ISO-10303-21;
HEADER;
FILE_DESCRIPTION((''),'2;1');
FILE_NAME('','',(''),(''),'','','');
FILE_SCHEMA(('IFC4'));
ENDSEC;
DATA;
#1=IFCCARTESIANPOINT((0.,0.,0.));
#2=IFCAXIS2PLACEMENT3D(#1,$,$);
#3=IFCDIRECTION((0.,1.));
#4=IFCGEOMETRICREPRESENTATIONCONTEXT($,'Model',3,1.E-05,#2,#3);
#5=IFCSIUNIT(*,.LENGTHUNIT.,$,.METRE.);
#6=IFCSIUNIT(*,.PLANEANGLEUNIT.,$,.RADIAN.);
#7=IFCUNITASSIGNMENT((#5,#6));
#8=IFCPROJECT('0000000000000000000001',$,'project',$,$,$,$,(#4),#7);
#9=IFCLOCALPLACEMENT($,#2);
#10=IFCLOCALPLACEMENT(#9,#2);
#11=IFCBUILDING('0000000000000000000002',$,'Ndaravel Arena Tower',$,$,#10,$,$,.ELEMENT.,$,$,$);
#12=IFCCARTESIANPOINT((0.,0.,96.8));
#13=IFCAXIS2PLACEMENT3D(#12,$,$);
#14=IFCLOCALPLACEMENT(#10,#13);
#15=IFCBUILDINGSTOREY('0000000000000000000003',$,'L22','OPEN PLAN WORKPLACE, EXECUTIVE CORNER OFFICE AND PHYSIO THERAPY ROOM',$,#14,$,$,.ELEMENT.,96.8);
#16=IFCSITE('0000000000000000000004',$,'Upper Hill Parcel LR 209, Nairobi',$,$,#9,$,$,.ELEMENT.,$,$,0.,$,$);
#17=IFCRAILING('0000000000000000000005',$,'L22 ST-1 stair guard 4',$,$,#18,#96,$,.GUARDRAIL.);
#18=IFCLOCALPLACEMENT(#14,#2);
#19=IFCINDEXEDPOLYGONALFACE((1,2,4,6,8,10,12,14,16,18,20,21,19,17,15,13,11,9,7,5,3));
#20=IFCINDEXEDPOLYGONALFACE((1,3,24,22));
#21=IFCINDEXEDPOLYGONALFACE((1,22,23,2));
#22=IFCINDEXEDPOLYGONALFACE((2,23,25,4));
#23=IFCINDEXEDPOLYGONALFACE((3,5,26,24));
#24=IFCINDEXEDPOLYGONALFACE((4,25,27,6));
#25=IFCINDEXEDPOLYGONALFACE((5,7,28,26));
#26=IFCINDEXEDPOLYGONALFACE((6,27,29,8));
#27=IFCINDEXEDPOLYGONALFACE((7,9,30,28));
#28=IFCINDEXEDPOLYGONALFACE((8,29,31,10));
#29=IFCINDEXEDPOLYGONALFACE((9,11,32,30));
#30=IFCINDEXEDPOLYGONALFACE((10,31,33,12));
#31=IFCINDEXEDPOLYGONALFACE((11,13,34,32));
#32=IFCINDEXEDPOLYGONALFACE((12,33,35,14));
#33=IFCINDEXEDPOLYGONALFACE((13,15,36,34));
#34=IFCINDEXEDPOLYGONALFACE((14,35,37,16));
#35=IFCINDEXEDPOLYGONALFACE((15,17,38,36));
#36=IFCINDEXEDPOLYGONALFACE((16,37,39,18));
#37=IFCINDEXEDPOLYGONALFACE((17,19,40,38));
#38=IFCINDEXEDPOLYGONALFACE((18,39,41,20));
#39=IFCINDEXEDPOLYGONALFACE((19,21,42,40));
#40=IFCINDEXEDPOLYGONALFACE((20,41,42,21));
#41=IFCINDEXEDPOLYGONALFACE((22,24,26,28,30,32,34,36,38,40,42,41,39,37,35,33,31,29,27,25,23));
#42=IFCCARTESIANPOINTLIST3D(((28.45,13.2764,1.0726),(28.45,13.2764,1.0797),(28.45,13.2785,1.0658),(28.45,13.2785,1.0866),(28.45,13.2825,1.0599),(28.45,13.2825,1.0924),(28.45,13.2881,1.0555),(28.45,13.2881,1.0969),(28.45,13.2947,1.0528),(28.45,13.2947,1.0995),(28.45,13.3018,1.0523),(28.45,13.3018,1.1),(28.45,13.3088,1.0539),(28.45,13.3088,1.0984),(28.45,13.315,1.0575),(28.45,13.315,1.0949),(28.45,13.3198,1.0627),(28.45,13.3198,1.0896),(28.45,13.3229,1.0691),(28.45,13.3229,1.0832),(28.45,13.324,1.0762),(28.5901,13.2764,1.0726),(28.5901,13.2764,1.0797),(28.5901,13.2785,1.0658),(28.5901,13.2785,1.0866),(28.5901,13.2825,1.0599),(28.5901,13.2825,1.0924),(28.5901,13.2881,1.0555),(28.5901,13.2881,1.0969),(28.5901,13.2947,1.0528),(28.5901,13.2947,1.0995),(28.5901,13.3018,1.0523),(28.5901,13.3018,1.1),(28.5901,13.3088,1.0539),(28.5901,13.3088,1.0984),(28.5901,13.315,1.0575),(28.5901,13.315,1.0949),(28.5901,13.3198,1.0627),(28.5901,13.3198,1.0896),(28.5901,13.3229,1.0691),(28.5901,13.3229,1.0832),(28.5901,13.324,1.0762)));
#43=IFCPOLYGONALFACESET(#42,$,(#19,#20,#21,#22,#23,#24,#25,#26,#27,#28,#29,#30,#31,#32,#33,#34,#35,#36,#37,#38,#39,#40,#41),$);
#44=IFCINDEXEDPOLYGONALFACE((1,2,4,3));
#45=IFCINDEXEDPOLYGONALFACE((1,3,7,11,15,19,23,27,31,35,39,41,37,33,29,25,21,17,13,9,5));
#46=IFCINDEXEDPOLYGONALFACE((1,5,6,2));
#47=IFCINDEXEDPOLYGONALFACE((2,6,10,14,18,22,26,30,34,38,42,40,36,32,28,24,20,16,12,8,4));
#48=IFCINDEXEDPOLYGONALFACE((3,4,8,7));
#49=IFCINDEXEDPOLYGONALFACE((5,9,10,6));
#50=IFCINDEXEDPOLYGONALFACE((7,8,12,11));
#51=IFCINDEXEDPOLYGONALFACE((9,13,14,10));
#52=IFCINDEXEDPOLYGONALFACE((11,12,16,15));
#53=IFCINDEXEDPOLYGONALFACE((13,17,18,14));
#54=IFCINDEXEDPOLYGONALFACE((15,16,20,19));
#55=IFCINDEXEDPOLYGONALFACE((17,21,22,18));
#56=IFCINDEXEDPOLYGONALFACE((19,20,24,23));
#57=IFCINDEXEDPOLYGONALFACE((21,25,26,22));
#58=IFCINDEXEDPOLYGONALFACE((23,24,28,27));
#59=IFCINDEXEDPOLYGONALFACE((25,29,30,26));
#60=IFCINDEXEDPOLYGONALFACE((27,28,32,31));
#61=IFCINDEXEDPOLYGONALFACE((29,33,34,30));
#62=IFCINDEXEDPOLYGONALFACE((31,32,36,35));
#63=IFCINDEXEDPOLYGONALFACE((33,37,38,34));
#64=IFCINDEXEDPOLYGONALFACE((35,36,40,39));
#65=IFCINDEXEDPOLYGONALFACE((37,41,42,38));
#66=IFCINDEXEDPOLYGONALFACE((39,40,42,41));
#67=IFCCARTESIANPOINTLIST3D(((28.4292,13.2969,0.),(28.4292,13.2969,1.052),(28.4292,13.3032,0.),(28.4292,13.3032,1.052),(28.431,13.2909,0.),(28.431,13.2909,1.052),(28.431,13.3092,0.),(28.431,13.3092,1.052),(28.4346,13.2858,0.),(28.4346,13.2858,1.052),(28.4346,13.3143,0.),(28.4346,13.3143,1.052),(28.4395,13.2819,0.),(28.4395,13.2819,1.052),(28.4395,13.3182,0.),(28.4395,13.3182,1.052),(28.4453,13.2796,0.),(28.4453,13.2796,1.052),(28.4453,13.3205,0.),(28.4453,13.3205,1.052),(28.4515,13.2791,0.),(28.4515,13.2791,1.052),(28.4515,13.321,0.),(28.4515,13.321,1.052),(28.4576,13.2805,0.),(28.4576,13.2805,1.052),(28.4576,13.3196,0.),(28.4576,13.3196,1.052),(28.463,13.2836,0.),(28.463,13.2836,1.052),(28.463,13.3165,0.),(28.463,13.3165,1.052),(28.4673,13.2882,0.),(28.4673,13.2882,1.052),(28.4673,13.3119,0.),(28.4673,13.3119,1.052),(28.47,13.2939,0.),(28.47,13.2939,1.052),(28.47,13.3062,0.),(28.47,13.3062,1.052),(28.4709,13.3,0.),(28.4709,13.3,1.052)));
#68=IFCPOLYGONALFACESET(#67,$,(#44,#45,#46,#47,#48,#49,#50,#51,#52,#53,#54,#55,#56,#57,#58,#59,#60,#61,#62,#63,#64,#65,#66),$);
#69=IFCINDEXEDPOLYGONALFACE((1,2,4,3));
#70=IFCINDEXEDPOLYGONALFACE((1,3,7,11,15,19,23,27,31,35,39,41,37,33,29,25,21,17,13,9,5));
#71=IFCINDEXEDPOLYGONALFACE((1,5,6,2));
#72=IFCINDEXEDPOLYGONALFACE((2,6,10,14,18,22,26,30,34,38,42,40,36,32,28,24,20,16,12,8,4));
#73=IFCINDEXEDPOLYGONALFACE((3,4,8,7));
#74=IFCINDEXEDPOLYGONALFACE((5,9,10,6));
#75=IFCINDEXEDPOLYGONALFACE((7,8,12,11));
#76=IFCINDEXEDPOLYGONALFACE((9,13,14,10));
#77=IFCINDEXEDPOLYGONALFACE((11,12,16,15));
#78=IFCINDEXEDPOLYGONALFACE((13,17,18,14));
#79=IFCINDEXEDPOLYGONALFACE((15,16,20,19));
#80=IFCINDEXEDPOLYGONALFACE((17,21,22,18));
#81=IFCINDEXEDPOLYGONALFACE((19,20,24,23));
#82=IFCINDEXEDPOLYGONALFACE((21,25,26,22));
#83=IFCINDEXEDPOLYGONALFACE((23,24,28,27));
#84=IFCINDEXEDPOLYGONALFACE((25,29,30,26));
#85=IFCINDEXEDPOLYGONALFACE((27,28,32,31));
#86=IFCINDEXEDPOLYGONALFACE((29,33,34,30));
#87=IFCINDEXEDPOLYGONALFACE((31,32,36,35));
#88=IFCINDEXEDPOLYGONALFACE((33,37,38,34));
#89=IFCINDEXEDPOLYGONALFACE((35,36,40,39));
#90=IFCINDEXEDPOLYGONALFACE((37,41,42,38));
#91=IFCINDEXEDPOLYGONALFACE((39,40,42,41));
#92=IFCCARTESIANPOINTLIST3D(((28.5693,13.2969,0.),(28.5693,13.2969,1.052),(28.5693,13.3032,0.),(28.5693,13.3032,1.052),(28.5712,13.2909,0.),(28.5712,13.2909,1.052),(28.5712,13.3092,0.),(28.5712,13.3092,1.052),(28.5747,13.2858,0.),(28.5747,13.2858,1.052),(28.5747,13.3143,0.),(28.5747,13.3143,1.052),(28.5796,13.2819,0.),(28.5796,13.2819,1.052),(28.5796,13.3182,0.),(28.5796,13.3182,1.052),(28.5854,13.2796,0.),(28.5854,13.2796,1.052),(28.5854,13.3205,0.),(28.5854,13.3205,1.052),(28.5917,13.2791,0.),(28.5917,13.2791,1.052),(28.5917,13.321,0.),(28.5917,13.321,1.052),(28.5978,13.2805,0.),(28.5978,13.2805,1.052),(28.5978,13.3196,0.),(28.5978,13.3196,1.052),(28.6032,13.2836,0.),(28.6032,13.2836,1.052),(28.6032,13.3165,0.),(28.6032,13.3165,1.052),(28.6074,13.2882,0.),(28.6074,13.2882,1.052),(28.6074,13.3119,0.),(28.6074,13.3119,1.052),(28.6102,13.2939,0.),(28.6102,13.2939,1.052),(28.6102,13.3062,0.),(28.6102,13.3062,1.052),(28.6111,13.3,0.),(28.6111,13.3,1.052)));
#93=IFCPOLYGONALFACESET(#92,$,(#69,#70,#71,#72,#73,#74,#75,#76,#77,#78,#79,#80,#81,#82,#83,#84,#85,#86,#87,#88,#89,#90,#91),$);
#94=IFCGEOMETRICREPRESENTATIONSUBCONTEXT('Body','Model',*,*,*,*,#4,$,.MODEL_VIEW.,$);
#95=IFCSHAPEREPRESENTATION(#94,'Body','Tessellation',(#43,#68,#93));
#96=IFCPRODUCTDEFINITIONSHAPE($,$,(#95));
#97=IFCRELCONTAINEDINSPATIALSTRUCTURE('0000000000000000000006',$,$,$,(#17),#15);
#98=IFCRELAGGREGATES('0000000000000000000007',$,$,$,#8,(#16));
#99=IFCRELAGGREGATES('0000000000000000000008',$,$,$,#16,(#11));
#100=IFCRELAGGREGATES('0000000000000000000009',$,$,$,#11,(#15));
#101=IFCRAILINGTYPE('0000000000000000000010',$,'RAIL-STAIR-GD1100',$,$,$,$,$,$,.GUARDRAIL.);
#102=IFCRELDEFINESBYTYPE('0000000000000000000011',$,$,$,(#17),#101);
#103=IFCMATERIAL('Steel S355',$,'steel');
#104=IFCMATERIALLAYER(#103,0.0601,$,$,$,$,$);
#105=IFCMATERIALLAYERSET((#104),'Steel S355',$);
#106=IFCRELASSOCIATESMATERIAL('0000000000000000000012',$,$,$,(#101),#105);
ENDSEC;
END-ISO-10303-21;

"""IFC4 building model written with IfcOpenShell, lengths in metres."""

from ifc_helpers import new_model, si_unit, direction, frame, origin, origin_2d, place, context, subcontext, project, spatial, circle, extrude, material, layer, layer_set, type_object, element, save


model = new_model("IFC4")

# Units and contexts
model_context = context("Model", 3, precision=1e-05, world=origin(), true_north=direction((0.0, 1.0)))
body_context = subcontext(model_context, "Body", "Model", "MODEL_VIEW")
ifc_project = project(units=[si_unit("LENGTHUNIT", "METRE"), si_unit("PLANEANGLEUNIT", "RADIAN")], contexts=[model_context])

# Site, building, storey
site_placement = place(None, origin())
site = spatial("IfcSite", under=ifc_project, at=site_placement, Name="Upper Hill Parcel LR 209, Nairobi", CompositionType="ELEMENT", RefElevation=0.0)
building_placement = place(site_placement, origin())
building = spatial("IfcBuilding", under=site, at=building_placement, Name="Ndaravel Arena Tower", CompositionType="ELEMENT")
storey_placement = place(building_placement, frame((0.0, 0.0, 96.8)))
storey = spatial("IfcBuildingStorey", under=building, at=storey_placement, Name="L22", Description="OPEN PLAN WORKPLACE, EXECUTIVE CORNER OFFICE AND PHYSIO THERAPY ROOM", CompositionType="ELEMENT", Elevation=96.8)

# Railing
ifc_material_1 = material(Name="Steel S355", Category="steel")
ifc_layer_1 = layer(ifc_material_1, 0.0601)
ifc_layer_set_1 = layer_set([ifc_layer_1], Name="Steel S355")
railing_type_1 = type_object("IfcRailingType", Name="RAIL-STAIR-GD1100", PredefinedType="GUARDRAIL", material=ifc_layer_set_1)
railing_1_placement = place(storey_placement, frame((28.45, 13.3, 0.0)))
element("IfcRailing", 1, at=railing_1_placement, inside=storey, type_object=railing_type_1, Name="L22 ST-1 stair guard 4", PredefinedType="GUARDRAIL", context=body_context, shape_type="SweptSolid", body=[
    extrude(circle(Radius=0.0239, at=origin_2d()), frame((0.0, 0.0, 1.0762), z_axis=(1.0, 0.0, 0.0), x_axis=(0.0, 1.0, 0.0)), (0.0, 0.0, 1.0), 0.1401),
    extrude(circle(Radius=0.021, at=origin_2d()), origin(), (0.0, 0.0, 1.0), 1.052),
    extrude(circle(Radius=0.021, at=origin_2d()), frame((0.1401, 0.0, 0.0)), (0.0, 0.0, 1.0), 1.052),
])

save(model, "model.ifc")
